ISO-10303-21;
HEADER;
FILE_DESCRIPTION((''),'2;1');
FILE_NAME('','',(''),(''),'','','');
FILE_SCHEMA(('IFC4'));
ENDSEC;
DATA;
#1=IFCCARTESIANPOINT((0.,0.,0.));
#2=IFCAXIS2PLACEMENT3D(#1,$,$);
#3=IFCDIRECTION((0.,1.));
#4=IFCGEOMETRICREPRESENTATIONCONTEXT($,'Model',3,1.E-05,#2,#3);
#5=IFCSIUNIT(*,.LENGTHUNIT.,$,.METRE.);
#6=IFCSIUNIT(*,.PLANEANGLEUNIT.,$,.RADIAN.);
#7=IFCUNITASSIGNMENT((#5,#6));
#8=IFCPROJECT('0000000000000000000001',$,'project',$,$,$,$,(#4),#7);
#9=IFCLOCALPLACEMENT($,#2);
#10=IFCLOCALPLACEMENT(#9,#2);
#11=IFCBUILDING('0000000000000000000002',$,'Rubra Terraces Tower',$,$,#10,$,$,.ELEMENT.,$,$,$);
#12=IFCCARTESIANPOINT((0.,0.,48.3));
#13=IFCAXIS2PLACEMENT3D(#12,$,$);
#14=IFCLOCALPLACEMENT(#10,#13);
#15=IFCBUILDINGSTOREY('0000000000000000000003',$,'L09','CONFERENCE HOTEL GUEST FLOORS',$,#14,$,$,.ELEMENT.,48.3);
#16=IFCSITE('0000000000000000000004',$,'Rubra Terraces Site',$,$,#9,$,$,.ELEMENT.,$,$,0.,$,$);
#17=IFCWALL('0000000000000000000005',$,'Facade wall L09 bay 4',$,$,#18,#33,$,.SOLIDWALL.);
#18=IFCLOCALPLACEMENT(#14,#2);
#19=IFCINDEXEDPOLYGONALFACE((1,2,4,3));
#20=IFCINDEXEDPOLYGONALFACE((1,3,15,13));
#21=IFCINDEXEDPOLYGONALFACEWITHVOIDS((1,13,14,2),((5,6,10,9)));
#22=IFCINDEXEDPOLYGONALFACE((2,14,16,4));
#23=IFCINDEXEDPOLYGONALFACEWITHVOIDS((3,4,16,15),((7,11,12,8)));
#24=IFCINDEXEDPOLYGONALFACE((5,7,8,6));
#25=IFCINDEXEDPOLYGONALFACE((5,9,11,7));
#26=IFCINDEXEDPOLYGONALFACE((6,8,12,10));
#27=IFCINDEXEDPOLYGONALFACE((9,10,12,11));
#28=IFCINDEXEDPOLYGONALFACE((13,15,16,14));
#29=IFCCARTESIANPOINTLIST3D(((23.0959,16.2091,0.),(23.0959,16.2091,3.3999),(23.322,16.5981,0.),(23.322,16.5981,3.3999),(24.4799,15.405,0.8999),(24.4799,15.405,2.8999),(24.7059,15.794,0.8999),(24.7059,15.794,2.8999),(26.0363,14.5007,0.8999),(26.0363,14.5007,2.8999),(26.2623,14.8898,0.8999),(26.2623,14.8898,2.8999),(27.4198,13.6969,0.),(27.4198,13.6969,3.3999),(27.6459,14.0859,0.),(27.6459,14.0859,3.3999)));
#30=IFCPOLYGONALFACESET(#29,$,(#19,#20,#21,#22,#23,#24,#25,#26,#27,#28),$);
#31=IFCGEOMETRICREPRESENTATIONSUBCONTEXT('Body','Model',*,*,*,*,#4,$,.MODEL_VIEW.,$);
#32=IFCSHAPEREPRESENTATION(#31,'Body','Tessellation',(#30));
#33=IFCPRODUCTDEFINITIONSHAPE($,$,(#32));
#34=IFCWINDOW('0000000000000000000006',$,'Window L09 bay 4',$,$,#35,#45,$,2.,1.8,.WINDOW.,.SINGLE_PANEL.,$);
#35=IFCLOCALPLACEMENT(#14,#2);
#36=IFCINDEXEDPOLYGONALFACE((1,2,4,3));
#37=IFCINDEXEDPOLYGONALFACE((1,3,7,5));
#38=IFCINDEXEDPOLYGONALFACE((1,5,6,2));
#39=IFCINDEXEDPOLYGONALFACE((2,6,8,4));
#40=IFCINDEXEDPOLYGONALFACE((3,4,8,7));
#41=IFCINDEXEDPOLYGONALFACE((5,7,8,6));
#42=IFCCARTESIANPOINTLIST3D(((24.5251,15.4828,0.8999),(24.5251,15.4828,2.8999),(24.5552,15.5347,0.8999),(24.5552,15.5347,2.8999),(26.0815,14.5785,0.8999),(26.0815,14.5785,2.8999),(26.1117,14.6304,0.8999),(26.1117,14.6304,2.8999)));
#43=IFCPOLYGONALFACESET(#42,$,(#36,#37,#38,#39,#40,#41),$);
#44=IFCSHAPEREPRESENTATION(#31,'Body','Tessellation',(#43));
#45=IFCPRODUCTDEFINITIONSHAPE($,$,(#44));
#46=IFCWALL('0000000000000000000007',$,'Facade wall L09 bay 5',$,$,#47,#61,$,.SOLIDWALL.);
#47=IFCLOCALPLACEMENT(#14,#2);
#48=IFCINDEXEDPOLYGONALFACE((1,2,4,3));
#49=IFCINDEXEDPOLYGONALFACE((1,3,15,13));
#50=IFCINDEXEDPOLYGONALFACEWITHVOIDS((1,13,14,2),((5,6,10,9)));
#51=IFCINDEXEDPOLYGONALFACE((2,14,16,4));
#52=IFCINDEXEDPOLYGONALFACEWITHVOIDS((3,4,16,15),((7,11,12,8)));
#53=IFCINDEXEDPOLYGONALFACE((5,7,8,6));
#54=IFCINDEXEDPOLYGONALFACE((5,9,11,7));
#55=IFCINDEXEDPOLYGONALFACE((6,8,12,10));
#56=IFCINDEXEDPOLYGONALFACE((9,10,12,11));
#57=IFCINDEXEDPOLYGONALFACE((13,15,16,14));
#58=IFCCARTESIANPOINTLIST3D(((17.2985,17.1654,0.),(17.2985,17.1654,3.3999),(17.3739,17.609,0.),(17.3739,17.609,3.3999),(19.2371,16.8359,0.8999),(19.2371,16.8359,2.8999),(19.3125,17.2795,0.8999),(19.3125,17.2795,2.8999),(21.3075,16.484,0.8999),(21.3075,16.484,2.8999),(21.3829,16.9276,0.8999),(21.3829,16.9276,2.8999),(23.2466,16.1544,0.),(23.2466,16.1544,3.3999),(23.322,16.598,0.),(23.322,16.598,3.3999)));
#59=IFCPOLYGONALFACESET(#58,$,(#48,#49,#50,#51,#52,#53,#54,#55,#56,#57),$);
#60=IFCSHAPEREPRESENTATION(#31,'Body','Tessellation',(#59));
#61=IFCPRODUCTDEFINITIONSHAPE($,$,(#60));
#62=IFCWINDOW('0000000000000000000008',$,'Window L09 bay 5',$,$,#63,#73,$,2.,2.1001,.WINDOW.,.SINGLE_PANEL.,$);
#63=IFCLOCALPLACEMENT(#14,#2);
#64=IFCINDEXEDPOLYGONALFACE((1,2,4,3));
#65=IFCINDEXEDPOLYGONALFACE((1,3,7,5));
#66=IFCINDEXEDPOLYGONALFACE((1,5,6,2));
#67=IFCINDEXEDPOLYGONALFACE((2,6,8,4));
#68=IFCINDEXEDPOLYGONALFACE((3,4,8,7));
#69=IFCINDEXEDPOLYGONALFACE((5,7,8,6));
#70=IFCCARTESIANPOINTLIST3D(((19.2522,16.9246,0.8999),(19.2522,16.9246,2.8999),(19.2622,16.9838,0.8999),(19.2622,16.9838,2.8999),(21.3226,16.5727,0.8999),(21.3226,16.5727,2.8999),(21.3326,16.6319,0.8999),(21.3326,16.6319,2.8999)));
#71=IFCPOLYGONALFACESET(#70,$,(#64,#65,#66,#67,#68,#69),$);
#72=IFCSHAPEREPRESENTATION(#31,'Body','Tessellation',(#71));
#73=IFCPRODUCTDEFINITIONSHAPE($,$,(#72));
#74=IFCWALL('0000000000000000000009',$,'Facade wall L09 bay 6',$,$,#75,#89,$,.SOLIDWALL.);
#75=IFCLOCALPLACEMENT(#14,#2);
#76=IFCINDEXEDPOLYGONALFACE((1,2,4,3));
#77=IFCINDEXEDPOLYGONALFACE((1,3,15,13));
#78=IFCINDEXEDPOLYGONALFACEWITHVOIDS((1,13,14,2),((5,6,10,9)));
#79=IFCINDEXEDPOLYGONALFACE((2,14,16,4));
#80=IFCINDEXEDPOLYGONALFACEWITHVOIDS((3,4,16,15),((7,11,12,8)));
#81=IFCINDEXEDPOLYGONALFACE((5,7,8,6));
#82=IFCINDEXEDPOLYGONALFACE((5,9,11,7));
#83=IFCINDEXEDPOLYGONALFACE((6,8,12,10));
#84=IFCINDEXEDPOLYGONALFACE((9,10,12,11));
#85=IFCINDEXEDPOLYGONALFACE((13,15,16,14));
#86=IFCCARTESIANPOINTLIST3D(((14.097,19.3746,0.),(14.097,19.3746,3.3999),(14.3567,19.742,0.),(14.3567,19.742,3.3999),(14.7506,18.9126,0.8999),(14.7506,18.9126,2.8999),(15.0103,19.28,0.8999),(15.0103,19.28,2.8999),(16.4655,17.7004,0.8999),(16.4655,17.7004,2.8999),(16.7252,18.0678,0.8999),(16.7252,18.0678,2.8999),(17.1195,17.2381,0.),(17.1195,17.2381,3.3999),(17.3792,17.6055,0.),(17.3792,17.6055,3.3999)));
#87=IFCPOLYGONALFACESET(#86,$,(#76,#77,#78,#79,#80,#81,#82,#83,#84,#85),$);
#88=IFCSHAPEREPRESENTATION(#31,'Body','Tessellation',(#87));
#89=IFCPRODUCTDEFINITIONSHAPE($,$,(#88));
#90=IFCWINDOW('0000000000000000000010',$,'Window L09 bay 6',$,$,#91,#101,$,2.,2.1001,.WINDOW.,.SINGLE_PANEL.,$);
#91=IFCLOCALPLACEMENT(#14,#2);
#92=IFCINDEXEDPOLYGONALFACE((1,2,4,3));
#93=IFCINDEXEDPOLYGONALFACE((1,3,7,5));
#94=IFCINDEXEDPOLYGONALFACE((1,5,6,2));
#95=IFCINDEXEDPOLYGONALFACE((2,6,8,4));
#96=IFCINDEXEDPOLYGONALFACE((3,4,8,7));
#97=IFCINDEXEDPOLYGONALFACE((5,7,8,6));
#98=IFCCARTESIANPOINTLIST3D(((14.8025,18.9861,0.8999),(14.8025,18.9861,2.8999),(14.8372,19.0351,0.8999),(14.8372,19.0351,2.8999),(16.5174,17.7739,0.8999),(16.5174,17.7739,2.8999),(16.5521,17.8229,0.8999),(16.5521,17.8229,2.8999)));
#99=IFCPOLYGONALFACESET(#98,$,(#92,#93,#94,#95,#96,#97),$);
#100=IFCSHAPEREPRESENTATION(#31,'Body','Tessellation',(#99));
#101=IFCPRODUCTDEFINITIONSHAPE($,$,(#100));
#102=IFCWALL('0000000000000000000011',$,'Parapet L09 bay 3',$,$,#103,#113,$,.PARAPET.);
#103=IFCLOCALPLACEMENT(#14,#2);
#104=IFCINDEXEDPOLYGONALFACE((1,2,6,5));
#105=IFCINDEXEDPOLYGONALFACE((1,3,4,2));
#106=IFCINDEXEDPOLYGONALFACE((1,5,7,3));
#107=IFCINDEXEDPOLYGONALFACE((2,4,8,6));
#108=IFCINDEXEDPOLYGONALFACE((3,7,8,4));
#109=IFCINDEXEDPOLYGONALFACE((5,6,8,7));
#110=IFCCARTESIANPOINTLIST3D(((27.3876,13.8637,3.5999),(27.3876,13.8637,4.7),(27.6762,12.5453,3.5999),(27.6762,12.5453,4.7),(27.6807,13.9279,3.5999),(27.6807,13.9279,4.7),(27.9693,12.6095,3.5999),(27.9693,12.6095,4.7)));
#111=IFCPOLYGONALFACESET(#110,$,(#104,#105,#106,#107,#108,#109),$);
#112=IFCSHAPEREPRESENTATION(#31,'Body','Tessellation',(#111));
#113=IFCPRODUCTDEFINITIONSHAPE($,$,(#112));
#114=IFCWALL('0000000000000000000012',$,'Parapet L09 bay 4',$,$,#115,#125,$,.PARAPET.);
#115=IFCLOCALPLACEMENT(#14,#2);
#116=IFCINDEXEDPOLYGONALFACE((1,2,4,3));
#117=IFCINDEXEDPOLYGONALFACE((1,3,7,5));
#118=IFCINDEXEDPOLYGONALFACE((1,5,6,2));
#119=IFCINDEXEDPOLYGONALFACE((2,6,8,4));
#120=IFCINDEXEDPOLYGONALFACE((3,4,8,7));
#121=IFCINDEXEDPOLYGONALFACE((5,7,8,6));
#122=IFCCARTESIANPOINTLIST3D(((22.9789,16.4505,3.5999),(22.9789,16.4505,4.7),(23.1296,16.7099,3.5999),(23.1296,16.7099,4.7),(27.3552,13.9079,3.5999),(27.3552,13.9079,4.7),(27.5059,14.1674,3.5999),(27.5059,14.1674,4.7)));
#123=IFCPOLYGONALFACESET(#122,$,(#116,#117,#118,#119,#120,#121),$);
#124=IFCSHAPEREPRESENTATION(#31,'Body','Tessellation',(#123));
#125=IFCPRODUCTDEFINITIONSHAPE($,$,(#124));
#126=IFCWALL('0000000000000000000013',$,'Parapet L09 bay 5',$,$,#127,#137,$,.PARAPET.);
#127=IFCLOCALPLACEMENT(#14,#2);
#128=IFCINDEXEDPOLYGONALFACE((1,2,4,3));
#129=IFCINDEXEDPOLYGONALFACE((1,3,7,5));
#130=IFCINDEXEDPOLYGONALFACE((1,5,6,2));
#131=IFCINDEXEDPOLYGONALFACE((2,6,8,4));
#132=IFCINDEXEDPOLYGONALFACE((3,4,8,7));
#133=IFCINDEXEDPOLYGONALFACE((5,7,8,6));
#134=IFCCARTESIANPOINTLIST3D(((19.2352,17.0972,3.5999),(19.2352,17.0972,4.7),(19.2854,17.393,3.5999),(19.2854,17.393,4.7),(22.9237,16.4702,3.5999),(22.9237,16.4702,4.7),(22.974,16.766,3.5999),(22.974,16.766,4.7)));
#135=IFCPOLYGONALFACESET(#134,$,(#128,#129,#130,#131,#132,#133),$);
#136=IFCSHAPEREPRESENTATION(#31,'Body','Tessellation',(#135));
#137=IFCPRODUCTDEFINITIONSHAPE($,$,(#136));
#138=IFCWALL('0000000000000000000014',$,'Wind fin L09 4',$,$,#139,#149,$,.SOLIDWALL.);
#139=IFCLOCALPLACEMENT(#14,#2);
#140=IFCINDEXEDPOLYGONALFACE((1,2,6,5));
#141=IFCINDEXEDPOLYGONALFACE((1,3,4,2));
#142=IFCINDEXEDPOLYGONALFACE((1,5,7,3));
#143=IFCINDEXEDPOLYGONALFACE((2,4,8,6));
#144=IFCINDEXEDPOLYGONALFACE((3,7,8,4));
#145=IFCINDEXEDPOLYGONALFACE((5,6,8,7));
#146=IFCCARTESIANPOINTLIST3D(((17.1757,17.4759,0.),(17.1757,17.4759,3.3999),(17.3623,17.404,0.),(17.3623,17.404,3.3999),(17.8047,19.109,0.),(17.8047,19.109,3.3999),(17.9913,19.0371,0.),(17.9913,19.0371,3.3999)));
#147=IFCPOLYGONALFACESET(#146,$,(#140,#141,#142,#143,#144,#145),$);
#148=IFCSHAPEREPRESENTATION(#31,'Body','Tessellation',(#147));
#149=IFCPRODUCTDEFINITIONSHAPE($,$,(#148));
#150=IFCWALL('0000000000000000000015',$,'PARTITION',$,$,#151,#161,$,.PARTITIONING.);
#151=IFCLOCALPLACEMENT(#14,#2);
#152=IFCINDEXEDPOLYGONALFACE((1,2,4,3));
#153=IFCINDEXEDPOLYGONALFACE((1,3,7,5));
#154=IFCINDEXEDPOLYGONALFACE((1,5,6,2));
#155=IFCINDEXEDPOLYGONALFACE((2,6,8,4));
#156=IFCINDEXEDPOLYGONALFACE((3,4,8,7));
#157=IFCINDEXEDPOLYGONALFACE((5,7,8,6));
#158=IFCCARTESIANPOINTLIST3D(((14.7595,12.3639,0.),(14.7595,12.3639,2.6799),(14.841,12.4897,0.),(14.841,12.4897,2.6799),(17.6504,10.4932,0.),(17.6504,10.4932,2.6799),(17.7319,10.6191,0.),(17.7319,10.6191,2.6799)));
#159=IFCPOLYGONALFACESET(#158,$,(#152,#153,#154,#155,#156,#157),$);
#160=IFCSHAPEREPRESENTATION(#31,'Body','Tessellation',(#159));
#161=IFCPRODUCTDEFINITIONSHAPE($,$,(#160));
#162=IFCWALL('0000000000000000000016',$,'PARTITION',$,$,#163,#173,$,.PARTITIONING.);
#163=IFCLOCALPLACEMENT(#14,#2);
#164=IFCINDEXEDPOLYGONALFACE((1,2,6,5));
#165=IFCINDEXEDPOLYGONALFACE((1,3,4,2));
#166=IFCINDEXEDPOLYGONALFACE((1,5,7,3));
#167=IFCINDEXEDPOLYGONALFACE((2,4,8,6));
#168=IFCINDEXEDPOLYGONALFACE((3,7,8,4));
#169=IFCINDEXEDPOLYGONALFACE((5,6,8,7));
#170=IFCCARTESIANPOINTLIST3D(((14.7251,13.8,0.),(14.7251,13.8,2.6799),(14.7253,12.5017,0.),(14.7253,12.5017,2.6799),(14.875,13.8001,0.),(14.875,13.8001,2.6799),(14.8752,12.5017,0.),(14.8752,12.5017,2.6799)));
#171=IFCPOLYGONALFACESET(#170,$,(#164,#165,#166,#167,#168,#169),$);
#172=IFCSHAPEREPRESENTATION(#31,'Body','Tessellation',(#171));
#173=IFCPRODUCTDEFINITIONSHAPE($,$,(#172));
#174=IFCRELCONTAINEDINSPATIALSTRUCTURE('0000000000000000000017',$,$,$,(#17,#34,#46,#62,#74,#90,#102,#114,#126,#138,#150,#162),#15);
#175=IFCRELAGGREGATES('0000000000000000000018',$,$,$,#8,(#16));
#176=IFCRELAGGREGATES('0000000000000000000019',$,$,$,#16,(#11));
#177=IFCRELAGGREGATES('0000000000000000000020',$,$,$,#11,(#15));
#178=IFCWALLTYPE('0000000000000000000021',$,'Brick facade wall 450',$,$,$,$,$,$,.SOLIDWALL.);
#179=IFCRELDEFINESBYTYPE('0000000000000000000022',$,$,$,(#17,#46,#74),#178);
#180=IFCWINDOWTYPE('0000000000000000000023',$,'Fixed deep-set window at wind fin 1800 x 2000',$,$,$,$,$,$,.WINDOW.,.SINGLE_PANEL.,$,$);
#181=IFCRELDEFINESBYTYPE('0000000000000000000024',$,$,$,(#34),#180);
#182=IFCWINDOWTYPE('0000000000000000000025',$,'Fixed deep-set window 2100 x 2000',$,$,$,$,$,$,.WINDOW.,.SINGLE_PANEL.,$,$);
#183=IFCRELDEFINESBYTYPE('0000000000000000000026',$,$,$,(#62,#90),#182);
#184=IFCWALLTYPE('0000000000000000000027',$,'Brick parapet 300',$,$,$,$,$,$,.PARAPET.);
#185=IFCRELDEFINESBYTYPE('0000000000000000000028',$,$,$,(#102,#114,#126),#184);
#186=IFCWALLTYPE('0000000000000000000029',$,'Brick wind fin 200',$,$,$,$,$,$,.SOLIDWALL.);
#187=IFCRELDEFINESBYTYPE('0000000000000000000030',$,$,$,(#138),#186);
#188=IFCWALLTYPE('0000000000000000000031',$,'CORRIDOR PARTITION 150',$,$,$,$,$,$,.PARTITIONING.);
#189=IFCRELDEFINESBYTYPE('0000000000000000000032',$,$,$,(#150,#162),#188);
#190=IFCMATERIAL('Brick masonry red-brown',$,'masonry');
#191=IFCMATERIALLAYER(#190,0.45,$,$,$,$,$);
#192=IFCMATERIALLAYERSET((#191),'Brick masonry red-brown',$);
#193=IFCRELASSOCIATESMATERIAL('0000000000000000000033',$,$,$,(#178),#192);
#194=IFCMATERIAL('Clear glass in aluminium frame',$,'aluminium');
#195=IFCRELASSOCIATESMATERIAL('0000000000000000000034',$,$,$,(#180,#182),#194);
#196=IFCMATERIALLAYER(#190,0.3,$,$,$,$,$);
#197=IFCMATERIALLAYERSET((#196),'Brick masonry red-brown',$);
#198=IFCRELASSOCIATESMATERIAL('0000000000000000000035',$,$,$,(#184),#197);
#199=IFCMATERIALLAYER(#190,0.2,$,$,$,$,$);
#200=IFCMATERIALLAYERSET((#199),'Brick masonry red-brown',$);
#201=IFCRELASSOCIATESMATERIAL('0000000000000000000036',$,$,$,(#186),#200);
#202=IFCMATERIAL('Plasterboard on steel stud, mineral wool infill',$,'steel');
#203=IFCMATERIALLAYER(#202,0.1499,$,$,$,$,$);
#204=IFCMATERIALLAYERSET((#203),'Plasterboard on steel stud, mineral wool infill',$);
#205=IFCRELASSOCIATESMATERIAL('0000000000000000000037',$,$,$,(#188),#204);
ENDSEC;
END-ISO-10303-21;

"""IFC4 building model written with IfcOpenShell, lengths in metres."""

from ifc_helpers import new_model, si_unit, direction, frame, frame_2d, origin, place, context, subcontext, project, spatial, rectangle, extrude, material, layer, layer_set, type_object, element, fill, save


model = new_model("IFC4")

# Units and contexts
model_context = context("Model", 3, precision=1e-05, world=origin(), true_north=direction((0.0, 1.0)))
body_context = subcontext(model_context, "Body", "Model", "MODEL_VIEW")
ifc_project = project(units=[si_unit("LENGTHUNIT", "METRE"), si_unit("PLANEANGLEUNIT", "RADIAN")], contexts=[model_context])

# Site, building, storey
site_placement = place(None, origin())
site = spatial("IfcSite", under=ifc_project, at=site_placement, Name="Rubra Terraces Site", CompositionType="ELEMENT", RefElevation=0.0)
building_placement = place(site_placement, origin())
building = spatial("IfcBuilding", under=site, at=building_placement, Name="Rubra Terraces Tower", CompositionType="ELEMENT")
storey_placement = place(building_placement, frame((0.0, 0.0, 48.3)))
storey = spatial("IfcBuildingStorey", under=building, at=storey_placement, Name="L09", Description="CONFERENCE HOTEL GUEST FLOORS", CompositionType="ELEMENT", Elevation=48.3)

# Walls, openings, windows
ifc_material_1 = material(Name="Brick masonry red-brown", Category="masonry")
ifc_layer_1 = layer(ifc_material_1, 0.45)
ifc_layer_set_1 = layer_set([ifc_layer_1], Name="Brick masonry red-brown")
wall_type_1 = type_object("IfcWallType", Name="Brick facade wall 450", PredefinedType="SOLIDWALL", material=ifc_layer_set_1)
wall_1_placement = place(storey_placement, frame((27.533, 13.8914, 0.0), z_axis=(0.0, 0.0, 1.0), x_axis=(-0.864658, 0.502362, 0.0)))
wall_1 = element("IfcWall", 1, at=wall_1_placement, inside=storey, type_object=wall_type_1, Name="Facade wall L09 bay 4", PredefinedType="SOLIDWALL", context=body_context, shape_type="SweptSolid", body=[
    extrude(rectangle(XDim=5.0007, YDim=0.45, at=frame_2d((2.5005, 0.0))), origin(), (0.0, 0.0, 1.0), 3.3999),
])
opening_1_placement = place(wall_1_placement, frame((1.6003, 0.0, 0.8999)))
opening_1 = element("IfcOpeningElement", 2, at=opening_1_placement, cuts=wall_1, PredefinedType="OPENING", context=body_context, shape_type="SweptSolid", body=[
    extrude(rectangle(XDim=1.8, YDim=2.0, at=frame_2d((0.8999, 1.0))), frame((0.0, 0.2349, 0.0), z_axis=(0.0, -1.0, 0.0), x_axis=(1.0, 0.0, 0.0)), (0.0, 0.0, 1.0), 0.47),
])
ifc_material_2 = material(Name="Clear glass in aluminium frame", Category="aluminium")
window_type_1 = type_object("IfcWindowType", Name="Fixed deep-set window at wind fin 1800 x 2000", PartitioningType="SINGLE_PANEL", PredefinedType="WINDOW", material=ifc_material_2)
window_1_placement = place(opening_1_placement, origin())
window_1 = element("IfcWindow", 3, at=window_1_placement, inside=storey, type_object=window_type_1, Name="Window L09 bay 4", OverallHeight=2.0, OverallWidth=1.8, PartitioningType="SINGLE_PANEL", PredefinedType="WINDOW", context=body_context, shape_type="SweptSolid", body=[
    extrude(rectangle(XDim=1.8, YDim=2.0, at=frame_2d((0.8999, 1.0))), frame((0.0, 0.135, 0.0), z_axis=(0.0, -1.0, 0.0), x_axis=(1.0, 0.0, 0.0)), (0.0, 0.0, 1.0), 0.0601),
])
fill(opening_1, window_1)
wall_2_placement = place(storey_placement, frame((23.2842, 16.3762, 0.0), z_axis=(0.0, 0.0, 1.0), x_axis=(-0.985862, 0.167561, 0.0)))
wall_2 = element("IfcWall", 4, at=wall_2_placement, inside=storey, type_object=wall_type_1, Name="Facade wall L09 bay 5", PredefinedType="SOLIDWALL", context=body_context, shape_type="SweptSolid", body=[
    extrude(rectangle(XDim=6.0334, YDim=0.45, at=frame_2d((3.0166, 0.0))), origin(), (0.0, 0.0, 1.0), 3.3999),
])
opening_2_placement = place(wall_2_placement, frame((1.9668, 0.0, 0.8999)))
opening_2 = element("IfcOpeningElement", 5, at=opening_2_placement, cuts=wall_2, PredefinedType="OPENING", context=body_context, shape_type="SweptSolid", body=[
    extrude(rectangle(XDim=2.1001, YDim=2.0, at=frame_2d((1.05, 1.0))), frame((0.0, 0.2349, 0.0), z_axis=(0.0, -1.0, 0.0), x_axis=(1.0, 0.0, 0.0)), (0.0, 0.0, 1.0), 0.47),
])
window_type_2 = type_object("IfcWindowType", Name="Fixed deep-set window 2100 x 2000", PartitioningType="SINGLE_PANEL", PredefinedType="WINDOW", material=ifc_material_2)
window_2_placement = place(opening_2_placement, origin())
window_2 = element("IfcWindow", 6, at=window_2_placement, inside=storey, type_object=window_type_2, Name="Window L09 bay 5", OverallHeight=2.0, OverallWidth=2.1001, PartitioningType="SINGLE_PANEL", PredefinedType="WINDOW", context=body_context, shape_type="SweptSolid", body=[
    extrude(rectangle(XDim=2.1001, YDim=2.0, at=frame_2d((1.05, 1.0))), frame((0.0, 0.135, 0.0), z_axis=(0.0, -1.0, 0.0), x_axis=(1.0, 0.0, 0.0)), (0.0, 0.0, 1.0), 0.0601),
])
fill(opening_2, window_2)
wall_3_placement = place(storey_placement, frame((17.2493, 17.4219, 0.0), z_axis=(0.0, 0.0, 1.0), x_axis=(-0.816589, 0.577219, 0.0)))
wall_3 = element("IfcWall", 7, at=wall_3_placement, inside=storey, type_object=wall_type_1, Name="Facade wall L09 bay 6", PredefinedType="SOLIDWALL", context=body_context, shape_type="SweptSolid", body=[
    extrude(rectangle(XDim=3.7014, YDim=0.45, at=frame_2d((1.8506, 0.0))), origin(), (0.0, 0.0, 1.0), 3.3999),
])
opening_3_placement = place(wall_3_placement, frame((0.8008, 0.0, 0.8999)))
opening_3 = element("IfcOpeningElement", 8, at=opening_3_placement, cuts=wall_3, PredefinedType="OPENING", context=body_context, shape_type="SweptSolid", body=[
    extrude(rectangle(XDim=2.1001, YDim=2.0, at=frame_2d((1.05, 1.0))), frame((0.0, 0.2349, 0.0), z_axis=(0.0, -1.0, 0.0), x_axis=(1.0, 0.0, 0.0)), (0.0, 0.0, 1.0), 0.47),
])
window_3_placement = place(opening_3_placement, origin())
window_3 = element("IfcWindow", 9, at=window_3_placement, inside=storey, type_object=window_type_2, Name="Window L09 bay 6", OverallHeight=2.0, OverallWidth=2.1001, PartitioningType="SINGLE_PANEL", PredefinedType="WINDOW", context=body_context, shape_type="SweptSolid", body=[
    extrude(rectangle(XDim=2.1001, YDim=2.0, at=frame_2d((1.05, 1.0))), frame((0.0, 0.135, 0.0), z_axis=(0.0, -1.0, 0.0), x_axis=(1.0, 0.0, 0.0)), (0.0, 0.0, 1.0), 0.0601),
])
fill(opening_3, window_3)

# Walls
ifc_layer_2 = layer(ifc_material_1, 0.3)
ifc_layer_set_2 = layer_set([ifc_layer_2], Name="Brick masonry red-brown")
wall_type_2 = type_object("IfcWallType", Name="Brick parapet 300", PredefinedType="PARAPET", material=ifc_layer_set_2)
wall_4_placement = place(storey_placement, frame((27.8228, 12.5774, 3.5999), z_axis=(0.0, 0.0, 1.0), x_axis=(-0.213826, 0.976872, 0.0)))
element("IfcWall", 10, at=wall_4_placement, inside=storey, type_object=wall_type_2, Name="Parapet L09 bay 3", PredefinedType="PARAPET", context=body_context, shape_type="SweptSolid", body=[
    extrude(rectangle(XDim=1.3496, YDim=0.3, at=frame_2d((0.6748, 0.0))), origin(), (0.0, 0.0, 1.0), 1.1001),
])
wall_5_placement = place(storey_placement, frame((27.4307, 14.0376, 3.5999), z_axis=(0.0, 0.0, 1.0), x_axis=(-0.864665, 0.50235, 0.0)))
element("IfcWall", 11, at=wall_5_placement, inside=storey, type_object=wall_type_2, Name="Parapet L09 bay 4", PredefinedType="PARAPET", context=body_context, shape_type="SweptSolid", body=[
    extrude(rectangle(XDim=5.0613, YDim=0.3, at=frame_2d((2.5308, 0.0))), origin(), (0.0, 0.0, 1.0), 1.1001),
])
wall_6_placement = place(storey_placement, frame((22.9487, 16.6182, 3.5999), z_axis=(0.0, 0.0, 1.0), x_axis=(-0.98586, 0.167573, 0.0)))
element("IfcWall", 12, at=wall_6_placement, inside=storey, type_object=wall_type_2, Name="Parapet L09 bay 5", PredefinedType="PARAPET", context=body_context, shape_type="SweptSolid", body=[
    extrude(rectangle(XDim=3.7415, YDim=0.3, at=frame_2d((1.8706, 0.0))), origin(), (0.0, 0.0, 1.0), 1.1001),
])
ifc_layer_3 = layer(ifc_material_1, 0.2)
ifc_layer_set_3 = layer_set([ifc_layer_3], Name="Brick masonry red-brown")
wall_type_3 = type_object("IfcWallType", Name="Brick wind fin 200", PredefinedType="SOLIDWALL", material=ifc_layer_set_3)
wall_7_placement = place(storey_placement, frame((17.269, 17.4399, 0.0), z_axis=(0.0, 0.0, 1.0), x_axis=(0.359381, 0.933191, 0.0)))
element("IfcWall", 13, at=wall_7_placement, inside=storey, type_object=wall_type_3, Name="Wind fin L09 4", PredefinedType="SOLIDWALL", context=body_context, shape_type="SweptSolid", body=[
    extrude(rectangle(XDim=1.75, YDim=0.2, at=frame_2d((0.875, 0.0))), origin(), (0.0, 0.0, 1.0), 3.3999),
])
ifc_material_3 = material(Name="Plasterboard on steel stud, mineral wool infill", Category="steel")
ifc_layer_4 = layer(ifc_material_3, 0.1499)
ifc_layer_set_4 = layer_set([ifc_layer_4], Name="Plasterboard on steel stud, mineral wool infill")
wall_type_4 = type_object("IfcWallType", Name="CORRIDOR PARTITION 150", PredefinedType="PARTITIONING", material=ifc_layer_set_4)
wall_8_placement = place(storey_placement, frame((17.6912, 10.5562, 0.0), z_axis=(0.0, 0.0, 1.0), x_axis=(-0.839564, 0.54326, 0.0)))
element("IfcWall", 14, at=wall_8_placement, inside=storey, type_object=wall_type_4, Name="PARTITION", PredefinedType="PARTITIONING", context=body_context, shape_type="SweptSolid", body=[
    extrude(rectangle(XDim=3.4434, YDim=0.1499, at=frame_2d((1.7217, 0.0))), origin(), (0.0, 0.0, 1.0), 2.6799),
])
wall_9_placement = place(storey_placement, frame((14.8003, 12.5017, 0.0), z_axis=(0.0, 0.0, 1.0), x_axis=(-0.000188, 1.0, 0.0)))
element("IfcWall", 15, at=wall_9_placement, inside=storey, type_object=wall_type_4, Name="PARTITION", PredefinedType="PARTITIONING", context=body_context, shape_type="SweptSolid", body=[
    extrude(rectangle(XDim=1.2983, YDim=0.1499, at=frame_2d((0.6492, 0.0))), origin(), (0.0, 0.0, 1.0), 2.6799),
])

save(model, "model.ifc")
